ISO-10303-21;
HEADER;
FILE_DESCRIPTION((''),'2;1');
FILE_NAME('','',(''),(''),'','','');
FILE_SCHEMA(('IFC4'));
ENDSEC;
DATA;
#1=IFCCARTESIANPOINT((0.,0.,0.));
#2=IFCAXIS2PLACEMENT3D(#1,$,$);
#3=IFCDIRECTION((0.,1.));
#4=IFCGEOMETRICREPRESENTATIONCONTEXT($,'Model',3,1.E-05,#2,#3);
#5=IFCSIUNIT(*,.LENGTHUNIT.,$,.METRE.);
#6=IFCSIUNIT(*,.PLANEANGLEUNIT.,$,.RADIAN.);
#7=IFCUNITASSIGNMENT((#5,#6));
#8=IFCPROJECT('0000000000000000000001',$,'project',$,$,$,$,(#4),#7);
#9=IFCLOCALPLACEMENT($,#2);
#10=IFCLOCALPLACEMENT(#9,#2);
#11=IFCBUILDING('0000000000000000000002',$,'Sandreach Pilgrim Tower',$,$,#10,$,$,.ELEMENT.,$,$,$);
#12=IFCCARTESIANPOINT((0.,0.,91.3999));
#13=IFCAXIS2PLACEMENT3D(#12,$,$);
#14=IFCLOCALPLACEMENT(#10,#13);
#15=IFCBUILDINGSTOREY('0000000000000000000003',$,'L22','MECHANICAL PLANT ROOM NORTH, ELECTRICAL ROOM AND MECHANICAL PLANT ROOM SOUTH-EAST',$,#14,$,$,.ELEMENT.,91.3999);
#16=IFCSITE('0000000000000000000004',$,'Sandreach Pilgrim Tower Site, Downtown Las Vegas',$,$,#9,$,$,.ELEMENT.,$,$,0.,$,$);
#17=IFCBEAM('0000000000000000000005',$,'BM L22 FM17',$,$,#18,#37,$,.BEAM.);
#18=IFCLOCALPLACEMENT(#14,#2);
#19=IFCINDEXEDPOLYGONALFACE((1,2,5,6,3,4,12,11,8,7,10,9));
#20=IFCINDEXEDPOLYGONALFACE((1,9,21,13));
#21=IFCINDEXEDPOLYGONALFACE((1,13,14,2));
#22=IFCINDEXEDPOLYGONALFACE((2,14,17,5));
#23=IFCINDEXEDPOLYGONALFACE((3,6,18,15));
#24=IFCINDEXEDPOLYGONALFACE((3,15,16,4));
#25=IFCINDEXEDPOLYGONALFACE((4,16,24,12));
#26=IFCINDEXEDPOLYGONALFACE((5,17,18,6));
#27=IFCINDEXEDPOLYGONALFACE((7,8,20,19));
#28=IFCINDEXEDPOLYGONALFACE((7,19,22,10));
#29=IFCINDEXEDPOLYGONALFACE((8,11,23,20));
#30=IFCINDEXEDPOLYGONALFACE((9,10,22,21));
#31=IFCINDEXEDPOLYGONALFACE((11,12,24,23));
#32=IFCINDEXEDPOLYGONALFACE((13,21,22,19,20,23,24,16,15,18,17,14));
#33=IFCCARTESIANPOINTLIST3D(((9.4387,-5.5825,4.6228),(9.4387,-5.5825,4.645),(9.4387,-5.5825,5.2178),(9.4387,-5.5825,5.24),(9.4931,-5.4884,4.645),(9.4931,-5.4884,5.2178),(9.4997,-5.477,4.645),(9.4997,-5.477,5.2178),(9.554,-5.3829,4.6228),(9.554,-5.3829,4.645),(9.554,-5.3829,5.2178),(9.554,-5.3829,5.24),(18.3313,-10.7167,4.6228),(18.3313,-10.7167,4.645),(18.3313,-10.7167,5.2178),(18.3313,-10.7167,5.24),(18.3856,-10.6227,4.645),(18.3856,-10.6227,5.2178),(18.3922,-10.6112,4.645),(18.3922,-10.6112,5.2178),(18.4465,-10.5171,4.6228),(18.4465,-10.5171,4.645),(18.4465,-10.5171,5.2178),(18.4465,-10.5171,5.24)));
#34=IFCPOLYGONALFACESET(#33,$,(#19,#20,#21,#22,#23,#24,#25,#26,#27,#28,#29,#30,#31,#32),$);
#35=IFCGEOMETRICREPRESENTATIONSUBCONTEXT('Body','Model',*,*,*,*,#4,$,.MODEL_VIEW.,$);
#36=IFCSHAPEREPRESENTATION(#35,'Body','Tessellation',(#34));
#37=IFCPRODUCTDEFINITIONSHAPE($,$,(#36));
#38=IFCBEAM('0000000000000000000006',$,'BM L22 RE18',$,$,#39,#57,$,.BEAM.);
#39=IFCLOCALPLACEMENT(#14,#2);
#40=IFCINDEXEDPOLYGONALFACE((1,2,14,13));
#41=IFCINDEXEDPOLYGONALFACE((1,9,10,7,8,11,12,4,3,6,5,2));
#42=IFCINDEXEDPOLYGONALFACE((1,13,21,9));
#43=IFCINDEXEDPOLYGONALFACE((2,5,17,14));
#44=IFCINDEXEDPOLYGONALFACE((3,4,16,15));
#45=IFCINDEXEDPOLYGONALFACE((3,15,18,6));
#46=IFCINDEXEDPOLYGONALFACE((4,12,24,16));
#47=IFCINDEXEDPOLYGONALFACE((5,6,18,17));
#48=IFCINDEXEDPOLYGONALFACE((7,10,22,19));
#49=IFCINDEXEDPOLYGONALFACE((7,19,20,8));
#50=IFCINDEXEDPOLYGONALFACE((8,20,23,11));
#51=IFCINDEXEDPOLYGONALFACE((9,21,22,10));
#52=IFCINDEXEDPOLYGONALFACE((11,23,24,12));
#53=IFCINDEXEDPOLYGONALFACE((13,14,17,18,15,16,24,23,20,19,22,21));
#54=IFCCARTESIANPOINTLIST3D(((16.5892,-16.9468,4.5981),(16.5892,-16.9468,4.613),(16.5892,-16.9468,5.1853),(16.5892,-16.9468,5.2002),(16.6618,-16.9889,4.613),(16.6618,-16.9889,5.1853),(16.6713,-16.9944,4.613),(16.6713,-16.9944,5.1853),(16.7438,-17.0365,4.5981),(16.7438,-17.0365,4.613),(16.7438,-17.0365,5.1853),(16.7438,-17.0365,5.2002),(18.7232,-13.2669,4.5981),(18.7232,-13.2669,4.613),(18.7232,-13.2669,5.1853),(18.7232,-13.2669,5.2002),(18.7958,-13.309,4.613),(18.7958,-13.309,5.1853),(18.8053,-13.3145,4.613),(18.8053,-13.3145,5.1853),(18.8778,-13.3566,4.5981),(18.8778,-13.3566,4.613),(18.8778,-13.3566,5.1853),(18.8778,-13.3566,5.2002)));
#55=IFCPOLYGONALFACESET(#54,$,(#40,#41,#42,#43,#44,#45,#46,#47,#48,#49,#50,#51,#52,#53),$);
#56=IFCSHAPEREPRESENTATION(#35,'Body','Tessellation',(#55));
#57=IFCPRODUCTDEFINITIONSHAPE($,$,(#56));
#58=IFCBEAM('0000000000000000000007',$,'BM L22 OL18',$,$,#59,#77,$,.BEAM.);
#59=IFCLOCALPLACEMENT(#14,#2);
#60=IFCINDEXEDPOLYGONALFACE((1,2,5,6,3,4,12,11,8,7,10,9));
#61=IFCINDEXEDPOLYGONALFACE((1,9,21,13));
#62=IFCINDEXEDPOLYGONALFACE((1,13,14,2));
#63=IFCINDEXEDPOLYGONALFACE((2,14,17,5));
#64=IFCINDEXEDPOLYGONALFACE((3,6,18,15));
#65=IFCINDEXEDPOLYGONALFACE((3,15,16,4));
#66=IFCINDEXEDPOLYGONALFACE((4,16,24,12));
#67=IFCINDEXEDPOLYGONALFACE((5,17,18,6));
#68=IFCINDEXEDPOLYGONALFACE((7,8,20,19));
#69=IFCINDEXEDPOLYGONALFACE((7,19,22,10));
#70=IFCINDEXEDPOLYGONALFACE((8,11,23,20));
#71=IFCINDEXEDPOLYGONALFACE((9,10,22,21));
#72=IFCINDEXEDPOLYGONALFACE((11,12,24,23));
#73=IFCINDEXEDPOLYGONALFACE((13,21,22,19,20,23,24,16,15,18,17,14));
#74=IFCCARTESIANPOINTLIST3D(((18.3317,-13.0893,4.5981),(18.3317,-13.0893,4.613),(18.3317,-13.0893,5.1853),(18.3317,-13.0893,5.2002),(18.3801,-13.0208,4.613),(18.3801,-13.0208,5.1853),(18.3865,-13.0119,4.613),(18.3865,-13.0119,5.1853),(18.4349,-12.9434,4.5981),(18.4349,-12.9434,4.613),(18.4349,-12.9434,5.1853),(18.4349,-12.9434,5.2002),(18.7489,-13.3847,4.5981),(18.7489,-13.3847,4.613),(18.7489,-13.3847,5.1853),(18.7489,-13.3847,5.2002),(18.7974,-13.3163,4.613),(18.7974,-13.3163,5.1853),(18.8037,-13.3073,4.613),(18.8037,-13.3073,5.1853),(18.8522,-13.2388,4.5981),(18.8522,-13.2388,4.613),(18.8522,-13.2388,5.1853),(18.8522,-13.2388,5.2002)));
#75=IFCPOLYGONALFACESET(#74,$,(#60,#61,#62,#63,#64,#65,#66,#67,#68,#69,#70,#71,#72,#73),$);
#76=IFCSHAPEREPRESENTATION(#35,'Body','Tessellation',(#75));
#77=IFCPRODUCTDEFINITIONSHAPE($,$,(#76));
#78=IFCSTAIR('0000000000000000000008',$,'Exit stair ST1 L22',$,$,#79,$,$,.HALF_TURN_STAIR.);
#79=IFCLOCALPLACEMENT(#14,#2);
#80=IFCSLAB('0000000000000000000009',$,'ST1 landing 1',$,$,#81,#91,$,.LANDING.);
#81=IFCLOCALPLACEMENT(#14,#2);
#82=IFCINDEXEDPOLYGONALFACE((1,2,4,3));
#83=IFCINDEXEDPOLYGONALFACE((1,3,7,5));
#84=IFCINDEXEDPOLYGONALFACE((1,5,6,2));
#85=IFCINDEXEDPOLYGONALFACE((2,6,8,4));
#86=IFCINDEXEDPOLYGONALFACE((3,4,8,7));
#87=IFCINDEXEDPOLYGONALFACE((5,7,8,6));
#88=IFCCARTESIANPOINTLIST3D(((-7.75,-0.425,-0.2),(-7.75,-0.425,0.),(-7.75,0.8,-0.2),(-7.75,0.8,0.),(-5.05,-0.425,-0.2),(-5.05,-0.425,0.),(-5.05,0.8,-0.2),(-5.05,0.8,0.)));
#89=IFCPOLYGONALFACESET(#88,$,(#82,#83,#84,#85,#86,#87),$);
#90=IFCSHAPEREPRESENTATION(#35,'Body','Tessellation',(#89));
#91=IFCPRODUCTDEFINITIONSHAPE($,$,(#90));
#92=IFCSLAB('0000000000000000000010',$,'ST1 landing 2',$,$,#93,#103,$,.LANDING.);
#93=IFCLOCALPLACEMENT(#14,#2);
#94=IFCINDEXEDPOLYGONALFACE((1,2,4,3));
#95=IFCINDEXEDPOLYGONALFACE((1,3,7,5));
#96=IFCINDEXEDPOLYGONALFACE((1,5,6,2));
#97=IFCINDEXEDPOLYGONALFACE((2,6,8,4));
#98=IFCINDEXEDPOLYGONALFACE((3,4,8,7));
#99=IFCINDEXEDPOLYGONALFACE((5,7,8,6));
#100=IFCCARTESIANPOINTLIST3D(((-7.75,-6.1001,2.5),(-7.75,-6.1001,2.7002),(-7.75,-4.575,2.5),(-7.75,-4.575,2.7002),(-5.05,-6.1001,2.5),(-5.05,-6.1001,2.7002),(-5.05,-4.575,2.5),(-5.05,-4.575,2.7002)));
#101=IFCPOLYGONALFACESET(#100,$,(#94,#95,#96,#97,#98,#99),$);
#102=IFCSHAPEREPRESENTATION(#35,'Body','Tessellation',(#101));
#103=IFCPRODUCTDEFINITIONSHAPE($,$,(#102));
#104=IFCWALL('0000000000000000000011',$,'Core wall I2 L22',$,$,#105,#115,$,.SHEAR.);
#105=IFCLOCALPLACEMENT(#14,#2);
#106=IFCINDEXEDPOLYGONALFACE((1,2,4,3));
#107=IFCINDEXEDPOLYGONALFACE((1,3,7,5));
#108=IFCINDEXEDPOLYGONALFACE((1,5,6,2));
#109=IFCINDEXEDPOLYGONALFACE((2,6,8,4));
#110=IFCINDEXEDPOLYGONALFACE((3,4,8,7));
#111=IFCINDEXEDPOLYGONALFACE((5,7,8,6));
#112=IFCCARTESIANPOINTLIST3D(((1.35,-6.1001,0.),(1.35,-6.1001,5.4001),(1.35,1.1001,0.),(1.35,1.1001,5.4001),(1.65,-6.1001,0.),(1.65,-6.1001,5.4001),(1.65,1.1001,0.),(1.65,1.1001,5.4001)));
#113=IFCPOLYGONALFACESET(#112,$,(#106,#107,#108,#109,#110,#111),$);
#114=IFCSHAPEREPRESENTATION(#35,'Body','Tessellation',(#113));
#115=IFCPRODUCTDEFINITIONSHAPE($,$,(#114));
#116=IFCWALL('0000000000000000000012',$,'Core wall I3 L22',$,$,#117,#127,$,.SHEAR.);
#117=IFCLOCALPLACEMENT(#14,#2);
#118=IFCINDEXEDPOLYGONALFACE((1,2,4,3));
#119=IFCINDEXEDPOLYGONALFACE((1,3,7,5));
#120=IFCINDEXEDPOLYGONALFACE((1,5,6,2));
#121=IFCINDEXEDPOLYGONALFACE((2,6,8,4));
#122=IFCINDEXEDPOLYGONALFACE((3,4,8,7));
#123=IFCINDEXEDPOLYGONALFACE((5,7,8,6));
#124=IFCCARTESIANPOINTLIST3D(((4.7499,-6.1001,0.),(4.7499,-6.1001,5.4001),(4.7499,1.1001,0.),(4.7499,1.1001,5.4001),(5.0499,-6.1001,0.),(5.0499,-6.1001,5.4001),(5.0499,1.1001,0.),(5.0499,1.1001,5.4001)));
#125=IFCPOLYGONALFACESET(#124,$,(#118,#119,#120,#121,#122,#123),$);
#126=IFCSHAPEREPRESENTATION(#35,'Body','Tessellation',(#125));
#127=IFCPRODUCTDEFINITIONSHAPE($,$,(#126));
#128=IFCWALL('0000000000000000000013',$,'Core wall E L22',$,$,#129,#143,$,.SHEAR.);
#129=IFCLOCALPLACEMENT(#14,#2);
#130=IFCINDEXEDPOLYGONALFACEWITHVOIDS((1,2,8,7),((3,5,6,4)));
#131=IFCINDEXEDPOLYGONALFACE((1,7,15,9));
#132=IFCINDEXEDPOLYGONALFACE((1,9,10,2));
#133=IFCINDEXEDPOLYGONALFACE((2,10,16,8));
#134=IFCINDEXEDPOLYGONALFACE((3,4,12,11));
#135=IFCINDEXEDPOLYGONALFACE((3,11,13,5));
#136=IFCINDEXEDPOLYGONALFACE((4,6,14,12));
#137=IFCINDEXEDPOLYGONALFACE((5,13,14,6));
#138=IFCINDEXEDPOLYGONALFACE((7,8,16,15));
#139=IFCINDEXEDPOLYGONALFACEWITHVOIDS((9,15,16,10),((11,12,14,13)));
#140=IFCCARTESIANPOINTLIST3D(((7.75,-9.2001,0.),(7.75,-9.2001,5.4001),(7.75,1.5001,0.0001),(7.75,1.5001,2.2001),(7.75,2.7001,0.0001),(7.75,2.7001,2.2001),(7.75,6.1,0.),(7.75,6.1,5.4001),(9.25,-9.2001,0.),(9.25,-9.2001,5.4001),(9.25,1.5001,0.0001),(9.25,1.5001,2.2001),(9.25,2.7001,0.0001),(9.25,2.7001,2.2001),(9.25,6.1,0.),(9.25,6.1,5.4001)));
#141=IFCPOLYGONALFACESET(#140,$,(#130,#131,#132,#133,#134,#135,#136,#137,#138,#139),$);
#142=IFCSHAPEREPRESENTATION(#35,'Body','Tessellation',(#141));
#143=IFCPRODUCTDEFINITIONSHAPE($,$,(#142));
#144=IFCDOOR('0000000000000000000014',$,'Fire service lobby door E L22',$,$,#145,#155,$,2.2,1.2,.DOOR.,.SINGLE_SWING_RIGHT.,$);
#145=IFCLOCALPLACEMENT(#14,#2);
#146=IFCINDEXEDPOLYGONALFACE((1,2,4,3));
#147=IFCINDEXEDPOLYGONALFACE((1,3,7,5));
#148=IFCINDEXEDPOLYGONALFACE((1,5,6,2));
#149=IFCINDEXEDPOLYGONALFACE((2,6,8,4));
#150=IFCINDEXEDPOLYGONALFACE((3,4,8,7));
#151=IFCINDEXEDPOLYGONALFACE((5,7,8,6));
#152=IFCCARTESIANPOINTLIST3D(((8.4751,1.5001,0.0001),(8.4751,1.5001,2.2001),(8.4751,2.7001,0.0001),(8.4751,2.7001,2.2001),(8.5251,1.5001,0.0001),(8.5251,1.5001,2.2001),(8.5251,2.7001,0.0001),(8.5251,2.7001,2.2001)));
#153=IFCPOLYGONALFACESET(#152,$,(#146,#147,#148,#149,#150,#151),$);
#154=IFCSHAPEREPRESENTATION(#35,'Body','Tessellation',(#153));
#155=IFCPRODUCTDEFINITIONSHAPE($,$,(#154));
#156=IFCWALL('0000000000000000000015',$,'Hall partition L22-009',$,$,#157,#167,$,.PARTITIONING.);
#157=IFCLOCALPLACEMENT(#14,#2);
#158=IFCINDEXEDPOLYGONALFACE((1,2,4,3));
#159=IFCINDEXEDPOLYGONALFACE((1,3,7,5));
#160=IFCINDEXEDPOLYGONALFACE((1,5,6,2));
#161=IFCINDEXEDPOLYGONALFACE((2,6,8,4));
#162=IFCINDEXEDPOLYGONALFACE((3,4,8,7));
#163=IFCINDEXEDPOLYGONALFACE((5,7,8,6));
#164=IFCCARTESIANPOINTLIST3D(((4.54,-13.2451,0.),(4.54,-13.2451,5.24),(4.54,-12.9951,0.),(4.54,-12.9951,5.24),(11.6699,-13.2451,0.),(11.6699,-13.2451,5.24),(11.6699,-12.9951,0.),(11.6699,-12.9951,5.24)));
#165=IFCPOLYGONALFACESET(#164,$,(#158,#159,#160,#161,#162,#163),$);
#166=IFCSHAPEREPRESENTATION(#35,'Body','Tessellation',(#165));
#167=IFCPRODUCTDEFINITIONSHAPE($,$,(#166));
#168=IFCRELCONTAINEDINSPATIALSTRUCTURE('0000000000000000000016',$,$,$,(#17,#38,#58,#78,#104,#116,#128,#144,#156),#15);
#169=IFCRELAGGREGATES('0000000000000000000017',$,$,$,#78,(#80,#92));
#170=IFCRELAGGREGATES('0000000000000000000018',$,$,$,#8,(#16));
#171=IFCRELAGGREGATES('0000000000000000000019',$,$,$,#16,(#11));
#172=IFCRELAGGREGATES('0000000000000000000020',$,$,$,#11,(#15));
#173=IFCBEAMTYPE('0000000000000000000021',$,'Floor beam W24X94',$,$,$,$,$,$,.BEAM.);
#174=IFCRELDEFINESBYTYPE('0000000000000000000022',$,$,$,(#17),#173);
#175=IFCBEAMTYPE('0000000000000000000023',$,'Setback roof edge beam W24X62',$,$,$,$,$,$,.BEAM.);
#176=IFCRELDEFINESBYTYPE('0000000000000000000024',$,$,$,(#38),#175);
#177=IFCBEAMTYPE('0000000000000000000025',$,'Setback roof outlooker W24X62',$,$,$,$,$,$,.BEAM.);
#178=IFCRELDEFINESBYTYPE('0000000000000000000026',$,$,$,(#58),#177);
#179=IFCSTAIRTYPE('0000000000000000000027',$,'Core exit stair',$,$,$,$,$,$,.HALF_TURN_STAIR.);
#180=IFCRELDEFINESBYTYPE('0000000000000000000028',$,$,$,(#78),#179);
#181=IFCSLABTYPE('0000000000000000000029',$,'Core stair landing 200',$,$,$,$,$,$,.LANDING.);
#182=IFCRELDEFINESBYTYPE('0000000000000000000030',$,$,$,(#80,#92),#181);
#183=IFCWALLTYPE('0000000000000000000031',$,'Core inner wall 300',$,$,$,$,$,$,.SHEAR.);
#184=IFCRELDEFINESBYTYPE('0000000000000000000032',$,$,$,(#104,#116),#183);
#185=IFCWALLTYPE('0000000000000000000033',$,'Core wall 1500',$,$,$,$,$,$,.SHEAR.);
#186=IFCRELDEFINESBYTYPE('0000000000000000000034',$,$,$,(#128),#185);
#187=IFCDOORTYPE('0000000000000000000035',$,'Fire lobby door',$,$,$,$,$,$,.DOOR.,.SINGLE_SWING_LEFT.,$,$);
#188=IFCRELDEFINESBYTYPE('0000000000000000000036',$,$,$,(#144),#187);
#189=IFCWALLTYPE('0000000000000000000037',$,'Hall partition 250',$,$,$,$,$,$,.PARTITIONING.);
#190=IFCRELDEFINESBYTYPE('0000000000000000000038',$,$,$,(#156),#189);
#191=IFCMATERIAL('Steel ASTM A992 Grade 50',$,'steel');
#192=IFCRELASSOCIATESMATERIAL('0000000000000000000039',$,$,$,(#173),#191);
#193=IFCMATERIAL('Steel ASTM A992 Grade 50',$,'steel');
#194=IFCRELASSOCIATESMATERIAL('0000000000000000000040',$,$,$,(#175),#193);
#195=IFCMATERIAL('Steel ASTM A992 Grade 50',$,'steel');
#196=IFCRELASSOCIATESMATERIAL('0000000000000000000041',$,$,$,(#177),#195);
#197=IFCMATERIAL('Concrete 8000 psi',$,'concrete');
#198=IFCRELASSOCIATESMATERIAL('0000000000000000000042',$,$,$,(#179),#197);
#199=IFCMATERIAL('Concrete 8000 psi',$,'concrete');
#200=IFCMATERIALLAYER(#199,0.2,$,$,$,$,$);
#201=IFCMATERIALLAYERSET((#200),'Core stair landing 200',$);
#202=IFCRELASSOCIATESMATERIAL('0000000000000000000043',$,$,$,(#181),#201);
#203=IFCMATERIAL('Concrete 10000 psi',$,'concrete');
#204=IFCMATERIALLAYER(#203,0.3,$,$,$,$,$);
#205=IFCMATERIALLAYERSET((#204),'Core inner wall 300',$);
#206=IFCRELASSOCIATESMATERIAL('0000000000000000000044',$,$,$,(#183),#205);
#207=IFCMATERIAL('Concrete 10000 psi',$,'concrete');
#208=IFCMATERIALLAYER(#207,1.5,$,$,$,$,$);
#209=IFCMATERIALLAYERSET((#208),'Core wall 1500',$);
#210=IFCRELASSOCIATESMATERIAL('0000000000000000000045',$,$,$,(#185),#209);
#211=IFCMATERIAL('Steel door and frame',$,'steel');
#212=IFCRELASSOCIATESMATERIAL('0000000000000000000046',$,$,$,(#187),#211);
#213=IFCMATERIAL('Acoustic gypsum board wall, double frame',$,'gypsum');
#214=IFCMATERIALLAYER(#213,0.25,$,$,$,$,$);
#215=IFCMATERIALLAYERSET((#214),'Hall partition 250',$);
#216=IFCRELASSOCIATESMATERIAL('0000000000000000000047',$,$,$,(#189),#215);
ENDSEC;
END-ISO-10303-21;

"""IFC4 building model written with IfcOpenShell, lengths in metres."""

from ifc_helpers import new_model, si_unit, direction, frame, frame_2d, origin, origin_2d, place, context, subcontext, project, spatial, polyline, rectangle, i_section, outline, extrude, material, layer, layer_set, material_profile, profile_set, type_object, element, fill, aggregate, save


model = new_model("IFC4")

# Units and contexts
model_context = context("Model", 3, precision=1e-05, world=origin(), true_north=direction((0.0, 1.0)))
body_context = subcontext(model_context, "Body", "Model", "MODEL_VIEW")
ifc_project = project(units=[si_unit("LENGTHUNIT", "METRE"), si_unit("PLANEANGLEUNIT", "RADIAN")], contexts=[model_context])

# Site, building, storey
site_placement = place(None, origin())
site = spatial("IfcSite", under=ifc_project, at=site_placement, Name="Sandreach Pilgrim Tower Site, Downtown Las Vegas", CompositionType="ELEMENT", RefElevation=0.0)
building_placement = place(site_placement, origin())
building = spatial("IfcBuilding", under=site, at=building_placement, Name="Sandreach Pilgrim Tower", CompositionType="ELEMENT")
storey_placement = place(building_placement, frame((0.0, 0.0, 91.3999)))
storey = spatial("IfcBuildingStorey", under=building, at=storey_placement, Name="L22", Description="MECHANICAL PLANT ROOM NORTH, ELECTRICAL ROOM AND MECHANICAL PLANT ROOM SOUTH-EAST", CompositionType="ELEMENT", Elevation=91.3999)

# Beams
ifc_material_1 = material(Name="Steel ASTM A992 Grade 50", Category="steel")
ifc_material_profile_1 = material_profile(ifc_material_1, i_section(OverallWidth=0.2305, OverallDepth=0.6172, WebThickness=0.0132, FlangeThickness=0.0222, at=origin_2d()), Name="W24X94")
ifc_profile_set_1 = profile_set([ifc_material_profile_1], Name="Steel ASTM A992 Grade 50")
beam_type_1 = type_object("IfcBeamType", Name="Floor beam W24X94", PredefinedType="BEAM", material=ifc_profile_set_1)
beam_1_placement = place(storey_placement, frame((18.3889, -10.6169, 4.9314), z_axis=(-0.866019, 0.500011, 0.0), x_axis=(-0.500011, -0.866019, 0.0)))
element("IfcBeam", 1, at=beam_1_placement, inside=storey, type_object=beam_type_1, Name="BM L22 FM17", PredefinedType="BEAM", context=body_context, shape_type="SweptSolid", body=[
    extrude(i_section(OverallWidth=0.2305, OverallDepth=0.6172, WebThickness=0.0132, FlangeThickness=0.0222, at=origin_2d()), origin(), (0.0, 0.0, 1.0), 10.2683),
])
ifc_material_2 = material(Name="Steel ASTM A992 Grade 50", Category="steel")
ifc_material_profile_2 = material_profile(ifc_material_2, i_section(OverallWidth=0.1787, OverallDepth=0.6021, WebThickness=0.011, FlangeThickness=0.0149, at=origin_2d()), Name="W24X62")
ifc_profile_set_2 = profile_set([ifc_material_profile_2], Name="Steel ASTM A992 Grade 50")
beam_type_2 = type_object("IfcBeamType", Name="Setback roof edge beam W24X62", PredefinedType="BEAM", material=ifc_profile_set_2)
beam_2_placement = place(storey_placement, frame((18.8005, -13.3118, 4.8992), z_axis=(-0.501661, -0.865065, 0.0), x_axis=(0.865065, -0.501661, 0.0)))
element("IfcBeam", 2, at=beam_2_placement, inside=storey, type_object=beam_type_2, Name="BM L22 RE18", PredefinedType="BEAM", context=body_context, shape_type="SweptSolid", body=[
    extrude(i_section(OverallWidth=0.1787, OverallDepth=0.6021, WebThickness=0.011, FlangeThickness=0.0149, at=origin_2d()), origin(), (0.0, 0.0, 1.0), 4.2539),
])
ifc_material_3 = material(Name="Steel ASTM A992 Grade 50", Category="steel")
ifc_material_profile_3 = material_profile(ifc_material_3, i_section(OverallWidth=0.1787, OverallDepth=0.6021, WebThickness=0.011, FlangeThickness=0.0149, at=origin_2d()), Name="W24X62")
ifc_profile_set_3 = profile_set([ifc_material_profile_3], Name="Steel ASTM A992 Grade 50")
beam_type_3 = type_object("IfcBeamType", Name="Setback roof outlooker W24X62", PredefinedType="BEAM", material=ifc_profile_set_3)
beam_3_placement = place(storey_placement, frame((18.3833, -13.0164, 4.8992), z_axis=(0.816146, -0.577845, 0.0), x_axis=(0.577845, 0.816146, 0.0)))
element("IfcBeam", 3, at=beam_3_placement, inside=storey, type_object=beam_type_3, Name="BM L22 OL18", PredefinedType="BEAM", context=body_context, shape_type="SweptSolid", body=[
    extrude(i_section(OverallWidth=0.1787, OverallDepth=0.6021, WebThickness=0.011, FlangeThickness=0.0149, at=origin_2d()), origin(), (0.0, 0.0, 1.0), 0.5112),
])

# Stair, slabs
ifc_material_4 = material(Name="Concrete 8000 psi", Category="concrete")
stair_type = type_object("IfcStairType", Name="Core exit stair", PredefinedType="HALF_TURN_STAIR", material=ifc_material_4)
stair_1_placement = place(storey_placement, origin())
stair_1 = element("IfcStair", 4, at=stair_1_placement, inside=storey, type_object=stair_type, Name="Exit stair ST1 L22", PredefinedType="HALF_TURN_STAIR")
ifc_material_5 = material(Name="Concrete 8000 psi", Category="concrete")
ifc_layer_1 = layer(ifc_material_5, 0.2)
ifc_layer_set_1 = layer_set([ifc_layer_1], Name="Core stair landing 200")
slab_type = type_object("IfcSlabType", Name="Core stair landing 200", PredefinedType="LANDING", material=ifc_layer_set_1)
slab_1_placement = place(storey_placement, frame((0.0, 0.0, -0.2)))
slab_1 = element("IfcSlab", 5, at=slab_1_placement, type_object=slab_type, Name="ST1 landing 1", PredefinedType="LANDING", context=body_context, shape_type="SweptSolid", body=[
    extrude(outline(polyline([(-7.75, -0.425), (-5.05, -0.425), (-5.05, 0.8), (-7.75, 0.8), (-7.75, -0.425)])), origin(), (0.0, 0.0, 1.0), 0.2),
])
slab_2_placement = place(storey_placement, frame((0.0, 0.0, 2.5)))
slab_2 = element("IfcSlab", 6, at=slab_2_placement, type_object=slab_type, Name="ST1 landing 2", PredefinedType="LANDING", context=body_context, shape_type="SweptSolid", body=[
    extrude(outline(polyline([(-7.75, -6.1001), (-5.05, -6.1001), (-5.05, -4.575), (-7.75, -4.575), (-7.75, -6.1001)])), origin(), (0.0, 0.0, 1.0), 0.2002),
])
aggregate(stair_1, [slab_1, slab_2])

# Walls
ifc_material_6 = material(Name="Concrete 10000 psi", Category="concrete")
ifc_layer_2 = layer(ifc_material_6, 0.3)
ifc_layer_set_2 = layer_set([ifc_layer_2], Name="Core inner wall 300")
wall_type_1 = type_object("IfcWallType", Name="Core inner wall 300", PredefinedType="SHEAR", material=ifc_layer_set_2)
for number, where, z_axis, x_axis, name in (
    (7, (1.5, -6.1001, 0.0), (0.0, 0.0, 1.0), (0.0, 1.0, 0.0), "Core wall I2 L22"),
    (8, (4.8999, -6.1001, 0.0), (0.0, 0.0, 1.0), (0.0, 1.0, 0.0), "Core wall I3 L22"),
):
    element("IfcWall", number, at=place(storey_placement, frame(where, z_axis=z_axis, x_axis=x_axis)), inside=storey, type_object=wall_type_1, Name=name, PredefinedType="SHEAR", context=body_context, shape_type="SweptSolid", body=[
        extrude(rectangle(XDim=7.2002, YDim=0.3, at=frame_2d((3.6001, 0.0))), origin(), (0.0, 0.0, 1.0), 5.4001),
    ])

# Wall, opening, door
ifc_material_7 = material(Name="Concrete 10000 psi", Category="concrete")
ifc_layer_3 = layer(ifc_material_7, 1.5)
ifc_layer_set_3 = layer_set([ifc_layer_3], Name="Core wall 1500")
wall_type_2 = type_object("IfcWallType", Name="Core wall 1500", PredefinedType="SHEAR", material=ifc_layer_set_3)
wall_1_placement = place(storey_placement, frame((8.5, -9.2, 0.0), z_axis=(0.0, 0.0, 1.0), x_axis=(0.0, 1.0, 0.0)))
wall_1 = element("IfcWall", 9, at=wall_1_placement, inside=storey, type_object=wall_type_2, Name="Core wall E L22", PredefinedType="SHEAR", context=body_context, shape_type="SweptSolid", body=[
    extrude(rectangle(XDim=15.3, YDim=1.5, at=frame_2d((7.6499, 0.0))), origin(), (0.0, 0.0, 1.0), 5.4001),
])
opening_1_placement = place(wall_1_placement, frame((10.7, 0.0, 0.0)))
opening_1 = element("IfcOpeningElement", 10, at=opening_1_placement, cuts=wall_1, PredefinedType="OPENING", context=body_context, shape_type="SweptSolid", body=[
    extrude(rectangle(XDim=1.2, YDim=2.2, at=frame_2d((0.6001, 1.1001))), frame((0.0, 0.75, 0.0), z_axis=(0.0, -1.0, 0.0), x_axis=(1.0, 0.0, 0.0)), (0.0, 0.0, 1.0), 1.5),
])
ifc_material_8 = material(Name="Steel door and frame", Category="steel")
door_type_1 = type_object("IfcDoorType", Name="Fire lobby door", OperationType="SINGLE_SWING_LEFT", PredefinedType="DOOR", material=ifc_material_8)
door_1_placement = place(opening_1_placement, origin())
door_1 = element("IfcDoor", 11, at=door_1_placement, inside=storey, type_object=door_type_1, Name="Fire service lobby door E L22", OperationType="SINGLE_SWING_RIGHT", OverallHeight=2.2, OverallWidth=1.2, PredefinedType="DOOR", context=body_context, shape_type="SweptSolid", body=[
    extrude(rectangle(XDim=1.2, YDim=2.2, at=frame_2d((0.6001, 1.1001))), frame((0.0, 0.0249, 0.0), z_axis=(0.0, -1.0, 0.0), x_axis=(1.0, 0.0, 0.0)), (0.0, 0.0, 1.0), 0.05),
])
fill(opening_1, door_1)

# Wall
ifc_material_9 = material(Name="Acoustic gypsum board wall, double frame", Category="gypsum")
ifc_layer_4 = layer(ifc_material_9, 0.25)
ifc_layer_set_4 = layer_set([ifc_layer_4], Name="Hall partition 250")
wall_type_3 = type_object("IfcWallType", Name="Hall partition 250", PredefinedType="PARTITIONING", material=ifc_layer_set_4)
wall_2_placement = place(storey_placement, frame((4.54, -13.1201, 0.0), z_axis=(0.0, 0.0, 1.0), x_axis=(1.0, 0.0, 0.0)))
element("IfcWall", 12, at=wall_2_placement, inside=storey, type_object=wall_type_3, Name="Hall partition L22-009", PredefinedType="PARTITIONING", context=body_context, shape_type="SweptSolid", body=[
    extrude(rectangle(XDim=7.1299, YDim=0.25, at=frame_2d((3.5649, 0.0))), origin(), (0.0, 0.0, 1.0), 5.24),
])

save(model, "model.ifc")
